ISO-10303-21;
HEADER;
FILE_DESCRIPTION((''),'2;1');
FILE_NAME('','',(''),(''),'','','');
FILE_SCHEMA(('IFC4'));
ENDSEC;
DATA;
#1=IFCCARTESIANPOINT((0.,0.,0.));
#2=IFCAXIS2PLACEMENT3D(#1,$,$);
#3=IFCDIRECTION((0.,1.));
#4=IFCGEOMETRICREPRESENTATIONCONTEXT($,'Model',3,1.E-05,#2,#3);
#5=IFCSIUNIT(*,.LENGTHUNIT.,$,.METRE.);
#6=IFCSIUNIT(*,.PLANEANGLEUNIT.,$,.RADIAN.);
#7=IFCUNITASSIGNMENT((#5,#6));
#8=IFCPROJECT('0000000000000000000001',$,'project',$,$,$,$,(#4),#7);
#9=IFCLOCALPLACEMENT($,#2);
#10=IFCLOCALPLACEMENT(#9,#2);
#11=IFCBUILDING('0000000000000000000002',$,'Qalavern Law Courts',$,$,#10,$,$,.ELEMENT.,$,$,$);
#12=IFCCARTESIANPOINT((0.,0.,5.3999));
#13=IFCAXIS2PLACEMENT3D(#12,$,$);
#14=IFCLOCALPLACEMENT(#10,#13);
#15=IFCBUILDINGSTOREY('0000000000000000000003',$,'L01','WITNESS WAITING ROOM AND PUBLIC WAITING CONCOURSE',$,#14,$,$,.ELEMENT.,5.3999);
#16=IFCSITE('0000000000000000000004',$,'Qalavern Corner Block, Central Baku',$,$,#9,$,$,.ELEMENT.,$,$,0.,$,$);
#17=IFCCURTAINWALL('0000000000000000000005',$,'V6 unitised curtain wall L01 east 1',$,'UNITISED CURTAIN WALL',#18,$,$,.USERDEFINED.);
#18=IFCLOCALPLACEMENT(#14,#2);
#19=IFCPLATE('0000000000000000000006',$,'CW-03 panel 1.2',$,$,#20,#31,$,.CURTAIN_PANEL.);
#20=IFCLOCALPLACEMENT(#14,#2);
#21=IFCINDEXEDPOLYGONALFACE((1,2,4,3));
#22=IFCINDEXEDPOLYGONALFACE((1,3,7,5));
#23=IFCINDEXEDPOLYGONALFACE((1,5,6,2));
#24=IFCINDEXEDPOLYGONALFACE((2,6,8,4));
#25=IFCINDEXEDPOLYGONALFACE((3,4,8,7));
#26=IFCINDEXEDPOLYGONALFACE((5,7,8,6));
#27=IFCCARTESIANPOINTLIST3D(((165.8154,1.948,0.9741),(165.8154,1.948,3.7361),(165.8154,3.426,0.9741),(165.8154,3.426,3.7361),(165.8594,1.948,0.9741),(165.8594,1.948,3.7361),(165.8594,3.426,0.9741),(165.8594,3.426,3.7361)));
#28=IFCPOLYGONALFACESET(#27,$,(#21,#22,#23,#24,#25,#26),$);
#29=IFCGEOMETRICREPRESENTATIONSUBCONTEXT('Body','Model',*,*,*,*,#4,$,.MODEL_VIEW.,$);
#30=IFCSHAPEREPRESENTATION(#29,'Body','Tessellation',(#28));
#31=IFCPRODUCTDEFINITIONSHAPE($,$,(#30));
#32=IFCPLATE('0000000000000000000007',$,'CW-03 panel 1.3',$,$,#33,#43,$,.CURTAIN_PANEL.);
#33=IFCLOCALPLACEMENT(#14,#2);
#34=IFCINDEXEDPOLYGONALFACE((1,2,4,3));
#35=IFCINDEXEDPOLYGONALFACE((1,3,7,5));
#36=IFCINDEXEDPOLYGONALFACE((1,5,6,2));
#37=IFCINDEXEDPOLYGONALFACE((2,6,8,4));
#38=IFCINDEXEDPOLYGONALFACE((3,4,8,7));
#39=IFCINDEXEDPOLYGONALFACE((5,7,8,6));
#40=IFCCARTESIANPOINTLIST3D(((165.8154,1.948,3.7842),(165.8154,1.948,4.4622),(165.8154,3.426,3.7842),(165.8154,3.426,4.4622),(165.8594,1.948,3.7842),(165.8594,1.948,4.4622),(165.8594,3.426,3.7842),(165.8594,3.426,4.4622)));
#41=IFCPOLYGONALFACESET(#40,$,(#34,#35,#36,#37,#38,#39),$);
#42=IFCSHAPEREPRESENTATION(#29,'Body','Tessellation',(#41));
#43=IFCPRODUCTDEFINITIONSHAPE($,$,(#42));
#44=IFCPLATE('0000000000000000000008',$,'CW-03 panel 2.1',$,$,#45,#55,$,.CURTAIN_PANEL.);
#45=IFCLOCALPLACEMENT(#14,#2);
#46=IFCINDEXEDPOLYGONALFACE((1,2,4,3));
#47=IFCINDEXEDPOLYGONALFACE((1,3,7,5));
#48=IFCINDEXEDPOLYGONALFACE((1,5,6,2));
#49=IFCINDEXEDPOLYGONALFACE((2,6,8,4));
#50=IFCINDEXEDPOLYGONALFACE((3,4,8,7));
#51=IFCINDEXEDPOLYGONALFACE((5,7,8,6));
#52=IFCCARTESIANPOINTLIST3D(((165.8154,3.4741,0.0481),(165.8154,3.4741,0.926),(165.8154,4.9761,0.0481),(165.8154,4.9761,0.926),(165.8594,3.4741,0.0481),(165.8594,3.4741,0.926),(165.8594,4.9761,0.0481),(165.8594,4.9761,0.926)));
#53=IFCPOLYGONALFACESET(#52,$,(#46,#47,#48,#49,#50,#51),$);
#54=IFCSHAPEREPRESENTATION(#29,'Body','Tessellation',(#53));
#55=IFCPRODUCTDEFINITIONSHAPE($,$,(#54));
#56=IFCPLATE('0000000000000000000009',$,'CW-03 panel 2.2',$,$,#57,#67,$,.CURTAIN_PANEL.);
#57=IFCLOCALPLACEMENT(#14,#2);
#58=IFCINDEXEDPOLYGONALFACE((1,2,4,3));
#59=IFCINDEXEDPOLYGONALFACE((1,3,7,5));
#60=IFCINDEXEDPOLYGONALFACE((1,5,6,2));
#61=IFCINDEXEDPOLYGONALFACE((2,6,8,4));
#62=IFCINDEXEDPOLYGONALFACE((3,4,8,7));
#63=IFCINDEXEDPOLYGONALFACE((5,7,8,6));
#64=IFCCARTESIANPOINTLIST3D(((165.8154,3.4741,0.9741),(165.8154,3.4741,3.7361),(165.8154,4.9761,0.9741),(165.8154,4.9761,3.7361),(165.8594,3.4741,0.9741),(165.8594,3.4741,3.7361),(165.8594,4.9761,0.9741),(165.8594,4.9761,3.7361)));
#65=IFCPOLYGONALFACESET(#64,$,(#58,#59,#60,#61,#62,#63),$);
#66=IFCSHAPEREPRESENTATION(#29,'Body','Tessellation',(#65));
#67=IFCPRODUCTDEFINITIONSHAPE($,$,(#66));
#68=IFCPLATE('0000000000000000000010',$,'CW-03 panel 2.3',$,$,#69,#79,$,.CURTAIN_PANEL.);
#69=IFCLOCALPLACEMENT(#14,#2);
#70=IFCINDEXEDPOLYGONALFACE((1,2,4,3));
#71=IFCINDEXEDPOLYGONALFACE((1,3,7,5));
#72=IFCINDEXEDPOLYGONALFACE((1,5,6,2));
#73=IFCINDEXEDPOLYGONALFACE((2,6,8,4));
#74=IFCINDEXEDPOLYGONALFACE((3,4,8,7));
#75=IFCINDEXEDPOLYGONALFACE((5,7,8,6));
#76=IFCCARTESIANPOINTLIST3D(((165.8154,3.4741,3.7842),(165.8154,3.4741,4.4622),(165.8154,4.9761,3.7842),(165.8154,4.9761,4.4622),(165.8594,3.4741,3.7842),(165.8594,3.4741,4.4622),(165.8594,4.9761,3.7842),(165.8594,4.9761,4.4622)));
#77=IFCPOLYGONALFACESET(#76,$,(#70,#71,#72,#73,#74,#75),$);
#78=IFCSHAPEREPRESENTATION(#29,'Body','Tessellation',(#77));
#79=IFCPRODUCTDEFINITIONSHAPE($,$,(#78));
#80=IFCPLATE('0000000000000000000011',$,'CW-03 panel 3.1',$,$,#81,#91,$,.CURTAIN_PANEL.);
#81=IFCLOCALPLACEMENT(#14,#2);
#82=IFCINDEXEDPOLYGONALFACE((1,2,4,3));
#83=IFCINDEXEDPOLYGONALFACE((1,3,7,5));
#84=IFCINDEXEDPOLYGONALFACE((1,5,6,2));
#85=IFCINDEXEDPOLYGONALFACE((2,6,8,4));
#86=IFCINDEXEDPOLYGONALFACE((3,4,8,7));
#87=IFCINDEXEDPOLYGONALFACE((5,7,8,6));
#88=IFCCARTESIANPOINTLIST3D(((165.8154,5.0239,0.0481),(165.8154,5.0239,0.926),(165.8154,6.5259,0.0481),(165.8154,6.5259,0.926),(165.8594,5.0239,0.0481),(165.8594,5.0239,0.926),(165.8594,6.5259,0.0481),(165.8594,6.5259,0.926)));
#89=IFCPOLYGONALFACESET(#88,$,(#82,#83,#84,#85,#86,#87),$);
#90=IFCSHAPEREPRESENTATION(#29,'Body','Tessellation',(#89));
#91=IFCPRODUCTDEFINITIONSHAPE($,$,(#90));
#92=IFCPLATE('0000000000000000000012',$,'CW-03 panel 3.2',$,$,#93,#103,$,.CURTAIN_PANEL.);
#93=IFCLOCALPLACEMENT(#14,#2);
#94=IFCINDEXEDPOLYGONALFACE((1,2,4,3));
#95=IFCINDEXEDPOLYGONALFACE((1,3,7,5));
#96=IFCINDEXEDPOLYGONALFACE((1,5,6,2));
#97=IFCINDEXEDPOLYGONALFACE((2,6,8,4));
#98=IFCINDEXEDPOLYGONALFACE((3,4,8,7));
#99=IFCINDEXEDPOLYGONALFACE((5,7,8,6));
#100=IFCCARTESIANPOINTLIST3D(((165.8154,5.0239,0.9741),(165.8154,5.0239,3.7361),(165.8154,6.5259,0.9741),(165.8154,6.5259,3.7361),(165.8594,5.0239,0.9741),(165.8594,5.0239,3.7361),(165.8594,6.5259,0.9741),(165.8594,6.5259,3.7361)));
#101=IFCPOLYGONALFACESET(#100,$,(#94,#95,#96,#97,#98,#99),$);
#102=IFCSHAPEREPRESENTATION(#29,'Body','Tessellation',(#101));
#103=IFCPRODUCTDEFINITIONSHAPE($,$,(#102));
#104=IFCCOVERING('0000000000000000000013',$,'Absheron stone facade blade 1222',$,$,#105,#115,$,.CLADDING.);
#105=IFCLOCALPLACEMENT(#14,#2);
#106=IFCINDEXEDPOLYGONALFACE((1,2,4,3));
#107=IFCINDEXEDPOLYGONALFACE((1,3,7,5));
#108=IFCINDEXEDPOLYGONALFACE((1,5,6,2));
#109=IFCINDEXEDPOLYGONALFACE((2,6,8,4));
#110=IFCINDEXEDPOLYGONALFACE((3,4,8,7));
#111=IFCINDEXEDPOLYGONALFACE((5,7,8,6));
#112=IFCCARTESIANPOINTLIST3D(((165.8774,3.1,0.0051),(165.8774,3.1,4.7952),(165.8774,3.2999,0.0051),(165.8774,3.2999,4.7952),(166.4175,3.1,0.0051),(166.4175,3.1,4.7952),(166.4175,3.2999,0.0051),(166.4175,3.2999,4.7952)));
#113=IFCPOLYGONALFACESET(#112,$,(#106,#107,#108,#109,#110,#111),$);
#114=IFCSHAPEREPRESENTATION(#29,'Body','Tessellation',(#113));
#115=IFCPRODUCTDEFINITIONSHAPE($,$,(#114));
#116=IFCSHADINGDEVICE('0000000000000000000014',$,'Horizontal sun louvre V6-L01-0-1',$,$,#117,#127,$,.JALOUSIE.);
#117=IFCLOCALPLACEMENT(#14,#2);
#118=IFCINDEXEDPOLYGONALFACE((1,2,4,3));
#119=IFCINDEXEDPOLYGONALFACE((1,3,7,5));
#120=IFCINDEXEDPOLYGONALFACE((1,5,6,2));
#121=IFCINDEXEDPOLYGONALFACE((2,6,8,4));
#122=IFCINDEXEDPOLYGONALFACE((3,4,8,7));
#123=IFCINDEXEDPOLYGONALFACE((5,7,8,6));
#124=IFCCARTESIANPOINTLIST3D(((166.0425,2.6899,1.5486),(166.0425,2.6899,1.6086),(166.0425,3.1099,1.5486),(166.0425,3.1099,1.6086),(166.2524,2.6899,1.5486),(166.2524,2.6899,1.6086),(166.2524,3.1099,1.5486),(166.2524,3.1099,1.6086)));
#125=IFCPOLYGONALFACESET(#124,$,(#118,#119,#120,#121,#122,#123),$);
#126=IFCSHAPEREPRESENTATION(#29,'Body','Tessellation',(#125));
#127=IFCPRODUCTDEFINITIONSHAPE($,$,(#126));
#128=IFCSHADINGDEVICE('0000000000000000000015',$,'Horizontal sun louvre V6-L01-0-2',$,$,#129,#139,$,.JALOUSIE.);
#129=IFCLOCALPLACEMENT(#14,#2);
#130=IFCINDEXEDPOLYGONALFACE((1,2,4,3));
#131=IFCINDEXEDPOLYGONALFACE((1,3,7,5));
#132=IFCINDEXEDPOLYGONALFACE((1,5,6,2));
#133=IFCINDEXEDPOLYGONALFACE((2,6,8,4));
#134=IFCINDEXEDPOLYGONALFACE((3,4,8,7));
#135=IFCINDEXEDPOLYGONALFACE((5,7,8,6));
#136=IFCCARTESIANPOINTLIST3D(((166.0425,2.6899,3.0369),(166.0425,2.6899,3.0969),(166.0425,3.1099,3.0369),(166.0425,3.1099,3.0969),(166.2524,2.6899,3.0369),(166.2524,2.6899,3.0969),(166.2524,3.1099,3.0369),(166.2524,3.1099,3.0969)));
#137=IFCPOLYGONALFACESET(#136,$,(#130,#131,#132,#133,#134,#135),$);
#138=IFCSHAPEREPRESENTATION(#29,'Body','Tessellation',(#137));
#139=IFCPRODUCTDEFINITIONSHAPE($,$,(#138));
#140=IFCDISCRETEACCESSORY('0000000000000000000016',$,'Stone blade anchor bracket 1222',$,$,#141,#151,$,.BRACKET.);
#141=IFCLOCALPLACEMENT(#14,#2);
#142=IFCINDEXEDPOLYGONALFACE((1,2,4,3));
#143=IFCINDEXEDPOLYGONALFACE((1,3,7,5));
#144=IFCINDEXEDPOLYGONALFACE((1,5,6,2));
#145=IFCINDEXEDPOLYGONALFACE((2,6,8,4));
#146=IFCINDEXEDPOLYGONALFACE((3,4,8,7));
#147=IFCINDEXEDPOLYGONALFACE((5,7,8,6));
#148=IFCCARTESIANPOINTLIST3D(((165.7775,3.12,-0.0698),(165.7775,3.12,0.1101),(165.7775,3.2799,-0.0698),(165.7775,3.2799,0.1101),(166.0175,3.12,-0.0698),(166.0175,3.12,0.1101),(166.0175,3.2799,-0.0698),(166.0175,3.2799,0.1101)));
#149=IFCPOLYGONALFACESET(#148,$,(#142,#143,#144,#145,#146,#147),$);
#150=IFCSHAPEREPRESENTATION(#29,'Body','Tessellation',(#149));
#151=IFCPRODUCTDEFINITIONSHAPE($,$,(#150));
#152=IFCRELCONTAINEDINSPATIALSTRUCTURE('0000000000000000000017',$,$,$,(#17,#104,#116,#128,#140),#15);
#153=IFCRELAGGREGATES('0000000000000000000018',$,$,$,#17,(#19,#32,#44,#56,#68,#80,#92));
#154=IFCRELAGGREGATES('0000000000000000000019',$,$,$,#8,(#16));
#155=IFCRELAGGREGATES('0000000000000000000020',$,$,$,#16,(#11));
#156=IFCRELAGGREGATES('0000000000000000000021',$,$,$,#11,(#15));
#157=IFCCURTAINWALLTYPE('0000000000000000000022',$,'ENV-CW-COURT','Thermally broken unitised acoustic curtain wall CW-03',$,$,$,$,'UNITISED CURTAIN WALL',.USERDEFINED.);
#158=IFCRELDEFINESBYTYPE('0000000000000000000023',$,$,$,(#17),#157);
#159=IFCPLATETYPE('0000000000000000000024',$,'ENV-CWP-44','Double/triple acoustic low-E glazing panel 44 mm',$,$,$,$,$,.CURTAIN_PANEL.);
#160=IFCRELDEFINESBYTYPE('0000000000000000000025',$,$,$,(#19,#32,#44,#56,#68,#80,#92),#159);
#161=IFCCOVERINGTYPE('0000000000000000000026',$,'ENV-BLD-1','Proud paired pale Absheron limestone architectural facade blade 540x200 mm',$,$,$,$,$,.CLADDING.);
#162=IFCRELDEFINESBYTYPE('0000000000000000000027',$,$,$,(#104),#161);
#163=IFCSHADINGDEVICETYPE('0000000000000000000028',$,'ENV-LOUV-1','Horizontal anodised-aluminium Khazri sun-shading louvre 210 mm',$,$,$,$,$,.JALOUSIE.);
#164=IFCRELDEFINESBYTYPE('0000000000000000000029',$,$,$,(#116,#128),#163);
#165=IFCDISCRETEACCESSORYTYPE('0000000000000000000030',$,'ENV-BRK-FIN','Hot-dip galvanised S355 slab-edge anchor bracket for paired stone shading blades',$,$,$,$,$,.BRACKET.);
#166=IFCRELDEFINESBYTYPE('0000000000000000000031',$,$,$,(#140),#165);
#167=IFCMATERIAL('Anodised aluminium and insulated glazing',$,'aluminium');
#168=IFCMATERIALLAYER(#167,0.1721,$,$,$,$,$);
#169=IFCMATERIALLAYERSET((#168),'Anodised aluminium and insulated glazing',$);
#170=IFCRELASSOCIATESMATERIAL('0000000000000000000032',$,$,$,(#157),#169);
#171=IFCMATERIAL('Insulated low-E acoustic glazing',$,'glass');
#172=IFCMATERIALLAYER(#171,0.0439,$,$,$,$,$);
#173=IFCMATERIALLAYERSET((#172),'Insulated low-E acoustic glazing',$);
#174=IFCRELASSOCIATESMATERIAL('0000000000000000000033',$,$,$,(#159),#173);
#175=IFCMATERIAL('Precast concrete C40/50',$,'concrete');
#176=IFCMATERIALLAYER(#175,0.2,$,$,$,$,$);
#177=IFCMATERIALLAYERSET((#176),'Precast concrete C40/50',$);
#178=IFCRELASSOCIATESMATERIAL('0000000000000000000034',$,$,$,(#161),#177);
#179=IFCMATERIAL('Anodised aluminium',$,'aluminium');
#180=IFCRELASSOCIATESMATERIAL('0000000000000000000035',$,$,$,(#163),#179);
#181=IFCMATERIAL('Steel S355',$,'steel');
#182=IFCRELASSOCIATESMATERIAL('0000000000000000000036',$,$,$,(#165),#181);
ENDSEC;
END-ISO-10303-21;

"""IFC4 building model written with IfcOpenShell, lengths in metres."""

from ifc_helpers import new_model, si_unit, direction, frame, origin, origin_2d, place, context, subcontext, project, spatial, rectangle, extrude, material, layer, layer_set, type_object, element, aggregate, save


model = new_model("IFC4")

# Units and contexts
model_context = context("Model", 3, precision=1e-05, world=origin(), true_north=direction((0.0, 1.0)))
body_context = subcontext(model_context, "Body", "Model", "MODEL_VIEW")
ifc_project = project(units=[si_unit("LENGTHUNIT", "METRE"), si_unit("PLANEANGLEUNIT", "RADIAN")], contexts=[model_context])

# Site, building, storey
site_placement = place(None, origin())
site = spatial("IfcSite", under=ifc_project, at=site_placement, Name="Qalavern Corner Block, Central Baku", CompositionType="ELEMENT", RefElevation=0.0)
building_placement = place(site_placement, origin())
building = spatial("IfcBuilding", under=site, at=building_placement, Name="Qalavern Law Courts", CompositionType="ELEMENT")
storey_placement = place(building_placement, frame((0.0, 0.0, 5.3999)))
storey = spatial("IfcBuildingStorey", under=building, at=storey_placement, Name="L01", Description="WITNESS WAITING ROOM AND PUBLIC WAITING CONCOURSE", CompositionType="ELEMENT", Elevation=5.3999)

# Curtain wall, plates
ifc_material_1 = material(Name="Anodised aluminium and insulated glazing", Category="aluminium")
ifc_layer_1 = layer(ifc_material_1, 0.1721)
ifc_layer_set_1 = layer_set([ifc_layer_1], Name="Anodised aluminium and insulated glazing")
curtain_wall_type = type_object("IfcCurtainWallType", Name="ENV-CW-COURT", Description="Thermally broken unitised acoustic curtain wall CW-03", ElementType="UNITISED CURTAIN WALL", PredefinedType="USERDEFINED", material=ifc_layer_set_1)
curtain_wall_placement = place(storey_placement, origin())
curtain_wall = element("IfcCurtainWall", 1, at=curtain_wall_placement, inside=storey, type_object=curtain_wall_type, Name="V6 unitised curtain wall L01 east 1", ObjectType="UNITISED CURTAIN WALL", PredefinedType="USERDEFINED")
ifc_material_2 = material(Name="Anodised aluminium", Category="aluminium")
ifc_material_3 = material(Name="Insulated low-E acoustic glazing", Category="glass")
ifc_layer_2 = layer(ifc_material_3, 0.0439)
ifc_layer_set_2 = layer_set([ifc_layer_2], Name="Insulated low-E acoustic glazing")
plate_type = type_object("IfcPlateType", Name="ENV-CWP-44", Description="Double/triple acoustic low-E glazing panel 44 mm", PredefinedType="CURTAIN_PANEL", material=ifc_layer_set_2)
plate_1_placement = place(storey_placement, frame((165.8374, 2.687, 0.9741), z_axis=(0.0, 0.0, 1.0), x_axis=(0.0, 1.0, 0.0)))
plate_1 = element("IfcPlate", 2, at=plate_1_placement, type_object=plate_type, Name="CW-03 panel 1.2", PredefinedType="CURTAIN_PANEL", context=body_context, shape_type="SweptSolid", body=[
    extrude(rectangle(XDim=1.478, YDim=0.0439, at=origin_2d()), origin(), (0.0, 0.0, 1.0), 2.762),
])
plate_2_placement = place(storey_placement, frame((165.8374, 2.687, 3.7842), z_axis=(0.0, 0.0, 1.0), x_axis=(0.0, 1.0, 0.0)))
plate_2 = element("IfcPlate", 3, at=plate_2_placement, type_object=plate_type, Name="CW-03 panel 1.3", PredefinedType="CURTAIN_PANEL", context=body_context, shape_type="SweptSolid", body=[
    extrude(rectangle(XDim=1.478, YDim=0.0439, at=origin_2d()), origin(), (0.0, 0.0, 1.0), 0.678),
])
plate_3_placement = place(storey_placement, frame((165.8374, 4.2251, 0.0481), z_axis=(0.0, 0.0, 1.0), x_axis=(0.0, 1.0, 0.0)))
plate_3 = element("IfcPlate", 4, at=plate_3_placement, type_object=plate_type, Name="CW-03 panel 2.1", PredefinedType="CURTAIN_PANEL", context=body_context, shape_type="SweptSolid", body=[
    extrude(rectangle(XDim=1.502, YDim=0.0439, at=origin_2d()), origin(), (0.0, 0.0, 1.0), 0.8779),
])
plate_4_placement = place(storey_placement, frame((165.8374, 4.2251, 0.9741), z_axis=(0.0, 0.0, 1.0), x_axis=(0.0, 1.0, 0.0)))
plate_4 = element("IfcPlate", 5, at=plate_4_placement, type_object=plate_type, Name="CW-03 panel 2.2", PredefinedType="CURTAIN_PANEL", context=body_context, shape_type="SweptSolid", body=[
    extrude(rectangle(XDim=1.502, YDim=0.0439, at=origin_2d()), origin(), (0.0, 0.0, 1.0), 2.762),
])
plate_5_placement = place(storey_placement, frame((165.8374, 4.2251, 3.7842), z_axis=(0.0, 0.0, 1.0), x_axis=(0.0, 1.0, 0.0)))
plate_5 = element("IfcPlate", 6, at=plate_5_placement, type_object=plate_type, Name="CW-03 panel 2.3", PredefinedType="CURTAIN_PANEL", context=body_context, shape_type="SweptSolid", body=[
    extrude(rectangle(XDim=1.502, YDim=0.0439, at=origin_2d()), origin(), (0.0, 0.0, 1.0), 0.678),
])
plate_6_placement = place(storey_placement, frame((165.8374, 5.7749, 0.0481), z_axis=(0.0, 0.0, 1.0), x_axis=(0.0, 1.0, 0.0)))
plate_6 = element("IfcPlate", 7, at=plate_6_placement, type_object=plate_type, Name="CW-03 panel 3.1", PredefinedType="CURTAIN_PANEL", context=body_context, shape_type="SweptSolid", body=[
    extrude(rectangle(XDim=1.502, YDim=0.0439, at=origin_2d()), origin(), (0.0, 0.0, 1.0), 0.8779),
])
plate_7_placement = place(storey_placement, frame((165.8374, 5.7749, 0.9741), z_axis=(0.0, 0.0, 1.0), x_axis=(0.0, 1.0, 0.0)))
plate_7 = element("IfcPlate", 8, at=plate_7_placement, type_object=plate_type, Name="CW-03 panel 3.2", PredefinedType="CURTAIN_PANEL", context=body_context, shape_type="SweptSolid", body=[
    extrude(rectangle(XDim=1.502, YDim=0.0439, at=origin_2d()), origin(), (0.0, 0.0, 1.0), 2.762),
])
aggregate(curtain_wall, [plate_1, plate_2, plate_3, plate_4, plate_5, plate_6, plate_7])

# Covering
ifc_material_4 = material(Name="Precast concrete C40/50", Category="concrete")
ifc_layer_3 = layer(ifc_material_4, 0.2)
ifc_layer_set_3 = layer_set([ifc_layer_3], Name="Precast concrete C40/50")
covering_type = type_object("IfcCoveringType", Name="ENV-BLD-1", Description="Proud paired pale Absheron limestone architectural facade blade 540x200 mm", PredefinedType="CLADDING", material=ifc_layer_set_3)
covering_placement = place(storey_placement, frame((166.1475, 3.2, 0.0051), z_axis=(0.0, 0.0, 1.0), x_axis=(1.0, 0.0, 0.0)))
element("IfcCovering", 9, at=covering_placement, inside=storey, type_object=covering_type, Name="Absheron stone facade blade 1222", PredefinedType="CLADDING", context=body_context, shape_type="SweptSolid", body=[
    extrude(rectangle(XDim=0.54, YDim=0.2, at=origin_2d()), origin(), (0.0, 0.0, 1.0), 4.79),
])

# Shading devices
shading_device_type = type_object("IfcShadingDeviceType", Name="ENV-LOUV-1", Description="Horizontal anodised-aluminium Khazri sun-shading louvre 210 mm", PredefinedType="JALOUSIE", material=ifc_material_2)
for number, where, z_axis, x_axis, name in (
    (10, (166.1475, 2.8999, 1.5486), (0.0, 0.0, 1.0), (0.0, 1.0, 0.0), "Horizontal sun louvre V6-L01-0-1"),
    (11, (166.1475, 2.8999, 3.0369), (0.0, 0.0, 1.0), (0.0, 1.0, 0.0), "Horizontal sun louvre V6-L01-0-2"),
):
    element("IfcShadingDevice", number, at=place(storey_placement, frame(where, z_axis=z_axis, x_axis=x_axis)), inside=storey, type_object=shading_device_type, Name=name, PredefinedType="JALOUSIE", context=body_context, shape_type="SweptSolid", body=[
        extrude(rectangle(XDim=0.4199, YDim=0.21, at=origin_2d()), origin(), (0.0, 0.0, 1.0), 0.0601),
    ])

# Discrete accessory
ifc_material_5 = material(Name="Steel S355", Category="steel")
discrete_accessory_type = type_object("IfcDiscreteAccessoryType", Name="ENV-BRK-FIN", Description="Hot-dip galvanised S355 slab-edge anchor bracket for paired stone shading blades", PredefinedType="BRACKET", material=ifc_material_5)
discrete_accessory_placement = place(storey_placement, frame((165.8975, 3.2, -0.0698), z_axis=(0.0, 0.0, 1.0), x_axis=(1.0, 0.0, 0.0)))
element("IfcDiscreteAccessory", 12, at=discrete_accessory_placement, inside=storey, type_object=discrete_accessory_type, Name="Stone blade anchor bracket 1222", PredefinedType="BRACKET", context=body_context, shape_type="SweptSolid", body=[
    extrude(rectangle(XDim=0.24, YDim=0.1599, at=origin_2d()), origin(), (0.0, 0.0, 1.0), 0.1799),
])

save(model, "model.ifc")
